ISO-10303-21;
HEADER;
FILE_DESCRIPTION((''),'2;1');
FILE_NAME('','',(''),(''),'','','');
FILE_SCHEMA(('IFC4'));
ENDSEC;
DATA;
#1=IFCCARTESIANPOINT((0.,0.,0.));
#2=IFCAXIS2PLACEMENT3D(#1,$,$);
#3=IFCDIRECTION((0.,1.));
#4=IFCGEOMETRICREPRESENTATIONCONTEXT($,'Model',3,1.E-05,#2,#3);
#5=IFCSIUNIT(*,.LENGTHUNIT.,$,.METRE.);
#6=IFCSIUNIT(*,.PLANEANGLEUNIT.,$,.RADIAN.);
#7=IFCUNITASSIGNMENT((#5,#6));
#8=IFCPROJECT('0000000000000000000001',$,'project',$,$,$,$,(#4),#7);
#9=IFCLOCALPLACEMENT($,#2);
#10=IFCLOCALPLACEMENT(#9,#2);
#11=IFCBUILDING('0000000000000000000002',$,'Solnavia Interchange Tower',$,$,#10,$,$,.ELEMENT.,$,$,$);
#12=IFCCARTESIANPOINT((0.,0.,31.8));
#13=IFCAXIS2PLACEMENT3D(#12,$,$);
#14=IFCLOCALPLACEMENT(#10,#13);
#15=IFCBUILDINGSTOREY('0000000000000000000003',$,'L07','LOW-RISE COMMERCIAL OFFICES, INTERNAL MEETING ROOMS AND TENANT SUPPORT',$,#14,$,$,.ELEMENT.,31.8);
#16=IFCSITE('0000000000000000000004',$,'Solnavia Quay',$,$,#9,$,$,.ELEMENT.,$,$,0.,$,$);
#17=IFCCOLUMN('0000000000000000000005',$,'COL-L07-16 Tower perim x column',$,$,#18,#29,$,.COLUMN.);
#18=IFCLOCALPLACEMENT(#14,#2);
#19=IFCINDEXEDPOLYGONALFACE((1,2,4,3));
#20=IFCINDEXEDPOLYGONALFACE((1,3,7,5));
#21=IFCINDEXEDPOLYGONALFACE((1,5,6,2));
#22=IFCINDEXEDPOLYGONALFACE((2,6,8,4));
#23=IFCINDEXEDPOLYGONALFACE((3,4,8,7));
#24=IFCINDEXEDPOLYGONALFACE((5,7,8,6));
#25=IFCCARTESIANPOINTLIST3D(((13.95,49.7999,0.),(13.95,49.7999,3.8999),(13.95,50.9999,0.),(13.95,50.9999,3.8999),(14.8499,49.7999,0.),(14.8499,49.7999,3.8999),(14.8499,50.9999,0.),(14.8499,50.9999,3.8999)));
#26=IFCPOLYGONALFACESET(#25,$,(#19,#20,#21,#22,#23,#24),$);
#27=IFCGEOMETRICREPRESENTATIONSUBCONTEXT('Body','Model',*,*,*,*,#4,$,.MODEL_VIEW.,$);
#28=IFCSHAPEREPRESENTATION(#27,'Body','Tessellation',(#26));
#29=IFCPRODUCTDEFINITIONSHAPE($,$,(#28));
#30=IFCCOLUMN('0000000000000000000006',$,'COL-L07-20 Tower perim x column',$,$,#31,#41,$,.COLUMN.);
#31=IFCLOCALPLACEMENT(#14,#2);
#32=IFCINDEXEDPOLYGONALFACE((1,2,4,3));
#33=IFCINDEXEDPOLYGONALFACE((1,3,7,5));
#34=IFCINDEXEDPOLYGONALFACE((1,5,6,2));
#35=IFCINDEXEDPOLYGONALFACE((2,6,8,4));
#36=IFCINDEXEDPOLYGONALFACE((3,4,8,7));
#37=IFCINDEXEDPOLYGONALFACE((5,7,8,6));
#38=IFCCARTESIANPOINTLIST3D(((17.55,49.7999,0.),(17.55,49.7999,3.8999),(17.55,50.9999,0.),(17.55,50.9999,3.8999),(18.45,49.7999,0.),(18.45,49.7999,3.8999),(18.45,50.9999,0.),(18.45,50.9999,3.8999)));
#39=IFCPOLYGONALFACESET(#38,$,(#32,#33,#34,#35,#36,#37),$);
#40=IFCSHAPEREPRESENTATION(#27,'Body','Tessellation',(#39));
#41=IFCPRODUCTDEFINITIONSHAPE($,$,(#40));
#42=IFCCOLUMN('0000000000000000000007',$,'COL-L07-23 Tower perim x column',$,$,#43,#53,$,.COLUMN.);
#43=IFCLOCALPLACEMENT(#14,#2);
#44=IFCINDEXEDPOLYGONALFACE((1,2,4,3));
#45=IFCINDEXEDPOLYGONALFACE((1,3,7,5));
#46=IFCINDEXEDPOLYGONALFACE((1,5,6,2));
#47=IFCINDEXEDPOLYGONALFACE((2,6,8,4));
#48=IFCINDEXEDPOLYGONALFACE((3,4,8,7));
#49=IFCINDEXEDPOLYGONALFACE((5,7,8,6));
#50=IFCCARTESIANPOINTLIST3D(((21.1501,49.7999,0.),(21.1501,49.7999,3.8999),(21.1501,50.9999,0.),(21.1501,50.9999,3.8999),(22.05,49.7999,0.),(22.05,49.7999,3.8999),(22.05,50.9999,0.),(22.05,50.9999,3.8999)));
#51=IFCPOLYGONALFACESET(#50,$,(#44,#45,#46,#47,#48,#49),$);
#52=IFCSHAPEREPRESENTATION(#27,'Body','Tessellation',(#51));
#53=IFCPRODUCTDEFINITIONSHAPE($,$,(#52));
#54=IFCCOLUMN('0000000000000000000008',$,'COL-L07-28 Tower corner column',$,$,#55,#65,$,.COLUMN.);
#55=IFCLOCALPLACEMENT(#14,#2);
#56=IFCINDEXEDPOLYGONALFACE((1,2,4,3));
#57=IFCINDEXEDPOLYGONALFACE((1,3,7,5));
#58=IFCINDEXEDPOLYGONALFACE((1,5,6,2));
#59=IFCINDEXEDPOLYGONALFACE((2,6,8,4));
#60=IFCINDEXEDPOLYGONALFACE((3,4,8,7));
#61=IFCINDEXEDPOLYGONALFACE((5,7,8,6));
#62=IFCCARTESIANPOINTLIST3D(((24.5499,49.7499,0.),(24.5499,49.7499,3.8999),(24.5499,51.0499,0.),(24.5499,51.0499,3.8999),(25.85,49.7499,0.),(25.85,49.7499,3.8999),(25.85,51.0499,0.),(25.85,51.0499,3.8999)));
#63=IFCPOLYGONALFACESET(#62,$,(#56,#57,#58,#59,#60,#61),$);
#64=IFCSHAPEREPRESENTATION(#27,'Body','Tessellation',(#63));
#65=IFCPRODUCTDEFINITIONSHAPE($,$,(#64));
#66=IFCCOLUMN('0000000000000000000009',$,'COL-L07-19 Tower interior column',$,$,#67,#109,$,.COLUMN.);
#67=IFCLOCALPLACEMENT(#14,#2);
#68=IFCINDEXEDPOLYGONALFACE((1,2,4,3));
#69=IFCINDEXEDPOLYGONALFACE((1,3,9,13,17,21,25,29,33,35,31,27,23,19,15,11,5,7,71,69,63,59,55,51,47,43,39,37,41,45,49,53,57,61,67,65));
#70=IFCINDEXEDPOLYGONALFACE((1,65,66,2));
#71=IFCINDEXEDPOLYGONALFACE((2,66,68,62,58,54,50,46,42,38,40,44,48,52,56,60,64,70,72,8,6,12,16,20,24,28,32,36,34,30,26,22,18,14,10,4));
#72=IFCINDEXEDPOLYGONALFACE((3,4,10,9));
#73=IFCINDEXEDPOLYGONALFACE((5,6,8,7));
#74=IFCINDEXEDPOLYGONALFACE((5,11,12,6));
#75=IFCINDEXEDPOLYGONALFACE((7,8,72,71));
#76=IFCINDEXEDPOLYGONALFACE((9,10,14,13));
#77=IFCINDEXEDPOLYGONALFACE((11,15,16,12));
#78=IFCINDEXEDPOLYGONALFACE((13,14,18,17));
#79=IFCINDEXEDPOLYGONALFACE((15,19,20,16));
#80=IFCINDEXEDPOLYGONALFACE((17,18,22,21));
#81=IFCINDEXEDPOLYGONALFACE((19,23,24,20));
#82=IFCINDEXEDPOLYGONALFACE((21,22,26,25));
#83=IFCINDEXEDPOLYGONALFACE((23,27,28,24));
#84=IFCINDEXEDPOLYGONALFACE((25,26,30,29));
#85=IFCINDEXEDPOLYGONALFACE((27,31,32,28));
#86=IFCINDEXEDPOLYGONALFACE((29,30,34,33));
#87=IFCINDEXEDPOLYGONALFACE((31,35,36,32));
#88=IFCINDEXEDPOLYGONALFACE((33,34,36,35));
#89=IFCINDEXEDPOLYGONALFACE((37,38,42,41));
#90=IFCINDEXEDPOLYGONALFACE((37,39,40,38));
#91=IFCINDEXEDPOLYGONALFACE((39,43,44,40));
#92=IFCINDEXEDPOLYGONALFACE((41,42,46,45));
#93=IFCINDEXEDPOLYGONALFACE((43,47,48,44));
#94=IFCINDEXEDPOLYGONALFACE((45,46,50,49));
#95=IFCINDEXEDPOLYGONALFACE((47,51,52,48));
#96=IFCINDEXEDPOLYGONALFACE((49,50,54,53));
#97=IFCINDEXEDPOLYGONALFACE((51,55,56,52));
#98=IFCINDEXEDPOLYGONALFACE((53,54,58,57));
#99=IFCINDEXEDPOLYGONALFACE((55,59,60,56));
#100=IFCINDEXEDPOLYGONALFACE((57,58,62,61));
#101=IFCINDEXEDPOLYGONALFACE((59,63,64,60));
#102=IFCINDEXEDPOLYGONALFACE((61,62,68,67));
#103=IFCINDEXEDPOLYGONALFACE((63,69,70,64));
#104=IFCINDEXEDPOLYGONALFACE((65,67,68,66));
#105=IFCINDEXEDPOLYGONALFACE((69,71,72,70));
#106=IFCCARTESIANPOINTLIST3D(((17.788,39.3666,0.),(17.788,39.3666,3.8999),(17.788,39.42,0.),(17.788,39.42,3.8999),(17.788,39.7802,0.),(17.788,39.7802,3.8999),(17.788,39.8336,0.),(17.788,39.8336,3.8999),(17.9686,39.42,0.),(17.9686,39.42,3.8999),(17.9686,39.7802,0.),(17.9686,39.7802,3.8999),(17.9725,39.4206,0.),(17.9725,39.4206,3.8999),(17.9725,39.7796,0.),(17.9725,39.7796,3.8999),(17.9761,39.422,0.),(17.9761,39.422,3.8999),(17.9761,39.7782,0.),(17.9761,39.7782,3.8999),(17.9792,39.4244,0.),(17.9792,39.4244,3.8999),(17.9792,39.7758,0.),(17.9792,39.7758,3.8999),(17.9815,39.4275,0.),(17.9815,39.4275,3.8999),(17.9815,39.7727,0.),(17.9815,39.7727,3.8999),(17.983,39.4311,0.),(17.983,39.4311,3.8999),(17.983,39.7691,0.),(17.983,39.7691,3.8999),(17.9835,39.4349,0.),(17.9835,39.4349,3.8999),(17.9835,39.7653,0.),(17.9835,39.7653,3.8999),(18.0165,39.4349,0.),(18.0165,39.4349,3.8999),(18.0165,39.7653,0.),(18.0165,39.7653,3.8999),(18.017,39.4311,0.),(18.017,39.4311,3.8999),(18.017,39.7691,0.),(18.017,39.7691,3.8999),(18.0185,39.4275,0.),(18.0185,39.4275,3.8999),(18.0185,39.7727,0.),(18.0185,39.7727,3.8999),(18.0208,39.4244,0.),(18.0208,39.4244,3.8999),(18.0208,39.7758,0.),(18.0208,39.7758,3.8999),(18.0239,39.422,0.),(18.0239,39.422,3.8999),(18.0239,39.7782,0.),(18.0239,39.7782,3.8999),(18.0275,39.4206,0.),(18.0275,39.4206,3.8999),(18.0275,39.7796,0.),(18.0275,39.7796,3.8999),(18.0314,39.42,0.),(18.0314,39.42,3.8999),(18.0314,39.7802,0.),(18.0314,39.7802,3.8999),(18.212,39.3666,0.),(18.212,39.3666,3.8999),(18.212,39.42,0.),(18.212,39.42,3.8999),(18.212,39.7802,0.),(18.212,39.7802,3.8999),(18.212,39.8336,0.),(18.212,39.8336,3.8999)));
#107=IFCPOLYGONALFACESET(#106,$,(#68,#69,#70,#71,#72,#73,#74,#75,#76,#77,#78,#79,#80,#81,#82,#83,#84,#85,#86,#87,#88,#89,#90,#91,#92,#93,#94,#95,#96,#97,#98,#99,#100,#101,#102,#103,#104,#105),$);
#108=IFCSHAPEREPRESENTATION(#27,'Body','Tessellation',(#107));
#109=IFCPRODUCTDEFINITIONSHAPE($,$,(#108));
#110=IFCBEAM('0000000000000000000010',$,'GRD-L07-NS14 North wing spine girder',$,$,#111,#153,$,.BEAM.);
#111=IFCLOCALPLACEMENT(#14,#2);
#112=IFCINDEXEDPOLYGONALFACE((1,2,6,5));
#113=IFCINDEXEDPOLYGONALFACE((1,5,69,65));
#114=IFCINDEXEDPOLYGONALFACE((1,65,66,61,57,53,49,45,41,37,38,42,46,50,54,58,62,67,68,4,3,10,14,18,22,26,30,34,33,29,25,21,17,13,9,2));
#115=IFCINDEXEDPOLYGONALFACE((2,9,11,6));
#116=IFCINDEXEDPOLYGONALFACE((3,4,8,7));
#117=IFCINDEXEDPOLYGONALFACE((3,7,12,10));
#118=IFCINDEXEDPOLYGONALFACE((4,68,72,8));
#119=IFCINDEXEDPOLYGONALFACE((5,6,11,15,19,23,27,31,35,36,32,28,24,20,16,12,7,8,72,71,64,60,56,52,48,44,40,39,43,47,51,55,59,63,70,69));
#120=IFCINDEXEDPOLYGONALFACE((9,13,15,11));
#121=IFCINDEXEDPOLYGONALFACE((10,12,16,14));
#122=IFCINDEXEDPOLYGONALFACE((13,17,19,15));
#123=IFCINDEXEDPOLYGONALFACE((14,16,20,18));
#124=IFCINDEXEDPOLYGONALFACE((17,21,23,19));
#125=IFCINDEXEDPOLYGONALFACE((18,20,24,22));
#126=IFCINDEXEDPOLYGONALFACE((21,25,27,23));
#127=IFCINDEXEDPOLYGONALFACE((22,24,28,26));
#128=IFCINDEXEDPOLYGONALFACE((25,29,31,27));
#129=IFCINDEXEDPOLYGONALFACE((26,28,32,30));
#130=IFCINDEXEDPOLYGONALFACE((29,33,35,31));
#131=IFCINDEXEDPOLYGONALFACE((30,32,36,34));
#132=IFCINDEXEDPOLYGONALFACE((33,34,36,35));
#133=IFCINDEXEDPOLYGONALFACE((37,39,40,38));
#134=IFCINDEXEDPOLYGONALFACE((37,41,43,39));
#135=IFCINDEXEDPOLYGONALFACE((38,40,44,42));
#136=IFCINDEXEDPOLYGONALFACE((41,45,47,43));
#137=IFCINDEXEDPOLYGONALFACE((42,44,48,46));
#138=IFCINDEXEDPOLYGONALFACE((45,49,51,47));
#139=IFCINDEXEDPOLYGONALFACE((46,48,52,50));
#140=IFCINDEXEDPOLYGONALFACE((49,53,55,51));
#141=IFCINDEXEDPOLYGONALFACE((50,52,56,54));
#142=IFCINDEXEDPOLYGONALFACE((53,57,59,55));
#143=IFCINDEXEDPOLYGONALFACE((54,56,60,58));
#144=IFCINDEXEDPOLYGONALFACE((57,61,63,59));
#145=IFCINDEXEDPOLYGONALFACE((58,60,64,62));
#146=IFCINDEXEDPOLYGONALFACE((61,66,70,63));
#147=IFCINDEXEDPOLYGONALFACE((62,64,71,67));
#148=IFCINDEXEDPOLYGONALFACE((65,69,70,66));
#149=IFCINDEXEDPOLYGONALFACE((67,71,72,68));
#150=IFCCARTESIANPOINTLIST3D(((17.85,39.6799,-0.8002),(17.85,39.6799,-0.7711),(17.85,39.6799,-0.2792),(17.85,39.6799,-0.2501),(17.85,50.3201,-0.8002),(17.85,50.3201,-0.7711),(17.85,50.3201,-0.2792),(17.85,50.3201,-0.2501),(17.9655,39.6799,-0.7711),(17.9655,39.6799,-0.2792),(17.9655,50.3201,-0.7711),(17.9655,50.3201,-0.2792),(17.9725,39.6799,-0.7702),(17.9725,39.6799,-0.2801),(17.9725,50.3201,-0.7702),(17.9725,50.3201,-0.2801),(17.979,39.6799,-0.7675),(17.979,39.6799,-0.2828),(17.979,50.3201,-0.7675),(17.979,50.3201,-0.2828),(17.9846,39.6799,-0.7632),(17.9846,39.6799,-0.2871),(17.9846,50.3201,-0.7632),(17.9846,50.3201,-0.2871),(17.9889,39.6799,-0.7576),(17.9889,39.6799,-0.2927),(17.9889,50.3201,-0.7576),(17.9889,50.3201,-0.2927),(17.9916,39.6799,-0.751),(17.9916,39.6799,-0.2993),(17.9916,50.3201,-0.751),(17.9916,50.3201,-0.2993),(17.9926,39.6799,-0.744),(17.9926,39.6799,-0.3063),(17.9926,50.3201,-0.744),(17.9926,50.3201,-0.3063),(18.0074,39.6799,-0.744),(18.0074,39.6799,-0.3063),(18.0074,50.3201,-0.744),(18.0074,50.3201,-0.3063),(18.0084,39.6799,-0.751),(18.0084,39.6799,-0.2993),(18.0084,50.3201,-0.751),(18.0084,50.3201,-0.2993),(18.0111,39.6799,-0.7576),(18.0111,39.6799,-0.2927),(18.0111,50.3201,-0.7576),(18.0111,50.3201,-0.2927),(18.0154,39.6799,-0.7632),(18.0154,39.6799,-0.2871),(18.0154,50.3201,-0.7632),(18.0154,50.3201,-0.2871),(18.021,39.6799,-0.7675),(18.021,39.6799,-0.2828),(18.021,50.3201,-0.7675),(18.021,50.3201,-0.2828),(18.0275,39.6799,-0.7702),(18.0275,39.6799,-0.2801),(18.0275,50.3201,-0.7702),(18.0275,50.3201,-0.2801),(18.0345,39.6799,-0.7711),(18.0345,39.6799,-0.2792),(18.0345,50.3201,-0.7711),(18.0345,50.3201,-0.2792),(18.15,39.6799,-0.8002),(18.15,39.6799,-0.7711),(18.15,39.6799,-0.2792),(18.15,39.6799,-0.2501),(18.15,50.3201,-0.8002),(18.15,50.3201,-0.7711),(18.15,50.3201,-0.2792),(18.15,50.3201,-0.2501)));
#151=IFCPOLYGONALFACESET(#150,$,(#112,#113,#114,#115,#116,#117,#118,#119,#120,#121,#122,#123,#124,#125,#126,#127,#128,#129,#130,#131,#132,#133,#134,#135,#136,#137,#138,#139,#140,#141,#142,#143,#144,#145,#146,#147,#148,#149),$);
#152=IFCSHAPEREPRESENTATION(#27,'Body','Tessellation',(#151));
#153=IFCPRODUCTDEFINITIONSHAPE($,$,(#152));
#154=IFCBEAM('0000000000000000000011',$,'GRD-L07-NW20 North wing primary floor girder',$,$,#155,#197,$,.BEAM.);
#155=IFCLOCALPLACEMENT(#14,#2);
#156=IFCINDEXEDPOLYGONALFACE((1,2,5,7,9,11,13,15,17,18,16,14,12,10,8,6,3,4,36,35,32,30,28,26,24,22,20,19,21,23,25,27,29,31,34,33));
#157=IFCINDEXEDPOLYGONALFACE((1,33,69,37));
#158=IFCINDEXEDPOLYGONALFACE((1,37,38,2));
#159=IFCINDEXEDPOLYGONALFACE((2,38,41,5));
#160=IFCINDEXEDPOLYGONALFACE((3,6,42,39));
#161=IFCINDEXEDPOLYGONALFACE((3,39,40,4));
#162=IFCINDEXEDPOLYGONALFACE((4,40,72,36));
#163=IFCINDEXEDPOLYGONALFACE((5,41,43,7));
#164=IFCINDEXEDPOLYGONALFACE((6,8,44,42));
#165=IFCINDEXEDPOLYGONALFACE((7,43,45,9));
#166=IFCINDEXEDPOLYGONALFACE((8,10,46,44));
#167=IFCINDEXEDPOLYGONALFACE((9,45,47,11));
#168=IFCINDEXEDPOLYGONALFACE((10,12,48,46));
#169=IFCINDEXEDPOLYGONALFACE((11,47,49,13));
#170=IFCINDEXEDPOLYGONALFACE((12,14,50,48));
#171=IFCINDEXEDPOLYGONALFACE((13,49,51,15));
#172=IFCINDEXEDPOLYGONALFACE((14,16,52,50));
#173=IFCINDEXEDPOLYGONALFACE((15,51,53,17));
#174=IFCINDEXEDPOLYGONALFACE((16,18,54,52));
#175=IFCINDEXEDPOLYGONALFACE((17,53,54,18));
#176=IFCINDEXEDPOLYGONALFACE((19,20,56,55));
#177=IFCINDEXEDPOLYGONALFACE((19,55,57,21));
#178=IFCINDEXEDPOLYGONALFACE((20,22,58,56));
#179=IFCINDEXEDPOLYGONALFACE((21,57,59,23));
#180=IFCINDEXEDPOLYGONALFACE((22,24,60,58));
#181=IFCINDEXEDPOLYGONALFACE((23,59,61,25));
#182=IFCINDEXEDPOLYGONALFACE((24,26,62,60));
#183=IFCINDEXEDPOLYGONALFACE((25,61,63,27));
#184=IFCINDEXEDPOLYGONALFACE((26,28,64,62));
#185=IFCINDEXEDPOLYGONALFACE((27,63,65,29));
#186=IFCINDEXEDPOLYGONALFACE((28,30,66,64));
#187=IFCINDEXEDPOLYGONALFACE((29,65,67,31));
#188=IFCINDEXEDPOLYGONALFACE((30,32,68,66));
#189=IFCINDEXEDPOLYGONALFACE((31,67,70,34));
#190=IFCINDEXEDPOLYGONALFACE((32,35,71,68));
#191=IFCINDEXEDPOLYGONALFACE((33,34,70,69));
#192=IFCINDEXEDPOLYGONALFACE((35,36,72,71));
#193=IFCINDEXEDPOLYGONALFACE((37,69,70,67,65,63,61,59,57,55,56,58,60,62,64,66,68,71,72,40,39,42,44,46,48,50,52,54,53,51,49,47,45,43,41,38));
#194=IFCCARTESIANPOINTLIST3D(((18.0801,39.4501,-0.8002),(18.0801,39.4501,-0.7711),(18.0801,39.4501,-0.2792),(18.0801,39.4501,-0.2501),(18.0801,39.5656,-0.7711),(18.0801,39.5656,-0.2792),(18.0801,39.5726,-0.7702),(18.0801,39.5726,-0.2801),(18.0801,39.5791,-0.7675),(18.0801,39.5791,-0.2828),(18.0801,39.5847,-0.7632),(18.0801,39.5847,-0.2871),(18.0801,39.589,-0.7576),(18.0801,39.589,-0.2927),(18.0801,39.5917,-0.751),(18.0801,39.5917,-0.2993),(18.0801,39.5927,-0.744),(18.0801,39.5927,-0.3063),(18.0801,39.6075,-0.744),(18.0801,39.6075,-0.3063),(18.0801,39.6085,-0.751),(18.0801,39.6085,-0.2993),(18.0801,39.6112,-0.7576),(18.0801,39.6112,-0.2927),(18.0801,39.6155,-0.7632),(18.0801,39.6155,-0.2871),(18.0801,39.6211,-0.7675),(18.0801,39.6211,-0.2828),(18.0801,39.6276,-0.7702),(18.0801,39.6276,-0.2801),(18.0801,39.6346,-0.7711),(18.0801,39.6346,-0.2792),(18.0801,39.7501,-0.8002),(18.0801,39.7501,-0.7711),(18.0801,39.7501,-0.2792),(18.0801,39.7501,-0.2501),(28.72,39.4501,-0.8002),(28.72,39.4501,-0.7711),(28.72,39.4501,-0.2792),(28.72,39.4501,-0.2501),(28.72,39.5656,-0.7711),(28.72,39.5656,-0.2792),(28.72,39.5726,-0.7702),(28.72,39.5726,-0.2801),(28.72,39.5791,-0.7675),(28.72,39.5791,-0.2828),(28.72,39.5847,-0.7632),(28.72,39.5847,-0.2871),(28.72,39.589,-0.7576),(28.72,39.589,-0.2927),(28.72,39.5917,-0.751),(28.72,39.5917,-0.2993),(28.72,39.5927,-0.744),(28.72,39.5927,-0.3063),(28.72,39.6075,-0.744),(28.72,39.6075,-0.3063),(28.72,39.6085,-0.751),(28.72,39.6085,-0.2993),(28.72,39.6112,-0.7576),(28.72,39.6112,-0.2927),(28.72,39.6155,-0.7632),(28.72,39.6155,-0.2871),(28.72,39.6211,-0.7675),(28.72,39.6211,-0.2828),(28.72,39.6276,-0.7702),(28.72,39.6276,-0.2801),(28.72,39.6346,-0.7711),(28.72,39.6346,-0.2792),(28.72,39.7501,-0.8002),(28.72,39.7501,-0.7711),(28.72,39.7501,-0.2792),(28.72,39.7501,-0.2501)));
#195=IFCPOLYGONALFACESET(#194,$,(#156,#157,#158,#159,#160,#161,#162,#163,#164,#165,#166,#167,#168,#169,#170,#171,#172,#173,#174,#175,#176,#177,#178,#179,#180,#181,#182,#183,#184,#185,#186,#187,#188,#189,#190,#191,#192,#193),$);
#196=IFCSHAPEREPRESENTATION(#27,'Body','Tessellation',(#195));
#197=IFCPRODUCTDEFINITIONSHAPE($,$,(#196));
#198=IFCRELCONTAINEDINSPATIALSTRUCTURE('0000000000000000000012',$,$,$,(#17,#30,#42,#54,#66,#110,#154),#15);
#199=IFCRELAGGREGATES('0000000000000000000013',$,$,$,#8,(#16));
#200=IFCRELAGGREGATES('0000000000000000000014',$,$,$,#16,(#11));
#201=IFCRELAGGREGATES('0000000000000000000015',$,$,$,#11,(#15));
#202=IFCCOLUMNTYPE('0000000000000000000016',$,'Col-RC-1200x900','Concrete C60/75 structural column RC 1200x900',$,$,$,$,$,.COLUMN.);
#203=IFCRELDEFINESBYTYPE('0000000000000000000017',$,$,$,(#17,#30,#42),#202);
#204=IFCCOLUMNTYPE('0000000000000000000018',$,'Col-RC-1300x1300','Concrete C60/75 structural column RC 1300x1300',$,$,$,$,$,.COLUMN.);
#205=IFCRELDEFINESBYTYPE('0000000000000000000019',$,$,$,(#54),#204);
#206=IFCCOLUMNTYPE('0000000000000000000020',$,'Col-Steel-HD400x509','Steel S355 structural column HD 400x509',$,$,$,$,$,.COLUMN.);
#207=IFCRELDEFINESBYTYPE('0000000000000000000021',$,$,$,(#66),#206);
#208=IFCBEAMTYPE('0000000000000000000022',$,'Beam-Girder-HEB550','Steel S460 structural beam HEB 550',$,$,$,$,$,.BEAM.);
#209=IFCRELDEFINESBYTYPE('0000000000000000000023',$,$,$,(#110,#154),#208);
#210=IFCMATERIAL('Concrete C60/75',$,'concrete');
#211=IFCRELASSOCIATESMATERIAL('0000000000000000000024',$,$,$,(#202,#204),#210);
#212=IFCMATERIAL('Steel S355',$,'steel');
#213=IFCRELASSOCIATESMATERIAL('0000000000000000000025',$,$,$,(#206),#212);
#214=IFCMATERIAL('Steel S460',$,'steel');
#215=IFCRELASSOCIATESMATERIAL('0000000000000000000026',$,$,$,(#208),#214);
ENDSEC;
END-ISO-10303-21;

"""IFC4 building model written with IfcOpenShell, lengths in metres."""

from ifc_helpers import new_model, si_unit, direction, frame, origin, origin_2d, place, context, subcontext, project, spatial, rectangle, i_section, extrude, material, material_profile, profile_set, type_object, element, save


model = new_model("IFC4")

# Units and contexts
model_context = context("Model", 3, precision=1e-05, world=origin(), true_north=direction((0.0, 1.0)))
body_context = subcontext(model_context, "Body", "Model", "MODEL_VIEW")
ifc_project = project(units=[si_unit("LENGTHUNIT", "METRE"), si_unit("PLANEANGLEUNIT", "RADIAN")], contexts=[model_context])

# Site, building, storey
site_placement = place(None, origin())
site = spatial("IfcSite", under=ifc_project, at=site_placement, Name="Solnavia Quay", CompositionType="ELEMENT", RefElevation=0.0)
building_placement = place(site_placement, origin())
building = spatial("IfcBuilding", under=site, at=building_placement, Name="Solnavia Interchange Tower", CompositionType="ELEMENT")
storey_placement = place(building_placement, frame((0.0, 0.0, 31.8)))
storey = spatial("IfcBuildingStorey", under=building, at=storey_placement, Name="L07", Description="LOW-RISE COMMERCIAL OFFICES, INTERNAL MEETING ROOMS AND TENANT SUPPORT", CompositionType="ELEMENT", Elevation=31.8)

# Columns
ifc_material_1 = material(Name="Concrete C60/75", Category="concrete")
ifc_material_profile_1 = material_profile(ifc_material_1, rectangle(XDim=0.8999, YDim=1.2, at=origin_2d()), Name="RC 1200x900")
ifc_profile_set_1 = profile_set([ifc_material_profile_1], Name="Concrete C60/75")
column_type_1 = type_object("IfcColumnType", Name="Col-RC-1200x900", Description="Concrete C60/75 structural column RC 1200x900", PredefinedType="COLUMN", material=ifc_profile_set_1)
for number, where, z_axis, x_axis, name in (
    (1, (14.3999, 50.3999, 0.0), (0.0, 0.0, 1.0), (1.0, 0.0, 0.0), "COL-L07-16 Tower perim x column"),
    (2, (18.0, 50.3999, 0.0), (0.0, 0.0, 1.0), (1.0, 0.0, 0.0), "COL-L07-20 Tower perim x column"),
    (3, (21.6001, 50.3999, 0.0), (0.0, 0.0, 1.0), (1.0, 0.0, 0.0), "COL-L07-23 Tower perim x column"),
):
    element("IfcColumn", number, at=place(storey_placement, frame(where, z_axis=z_axis, x_axis=x_axis)), inside=storey, type_object=column_type_1, Name=name, PredefinedType="COLUMN", context=body_context, shape_type="SweptSolid", body=[
        extrude(rectangle(XDim=0.8999, YDim=1.2, at=origin_2d()), origin(), (0.0, 0.0, 1.0), 3.8999),
    ])
ifc_material_profile_2 = material_profile(ifc_material_1, rectangle(XDim=1.3, YDim=1.3, at=origin_2d()), Name="RC 1300x1300")
ifc_profile_set_2 = profile_set([ifc_material_profile_2], Name="Concrete C60/75")
column_type_2 = type_object("IfcColumnType", Name="Col-RC-1300x1300", Description="Concrete C60/75 structural column RC 1300x1300", PredefinedType="COLUMN", material=ifc_profile_set_2)
column_1_placement = place(storey_placement, frame((25.2, 50.3999, 0.0), z_axis=(0.0, 0.0, 1.0), x_axis=(1.0, 0.0, 0.0)))
element("IfcColumn", 4, at=column_1_placement, inside=storey, type_object=column_type_2, Name="COL-L07-28 Tower corner column", PredefinedType="COLUMN", context=body_context, shape_type="SweptSolid", body=[
    extrude(rectangle(XDim=1.3, YDim=1.3, at=origin_2d()), origin(), (0.0, 0.0, 1.0), 3.8999),
])
ifc_material_2 = material(Name="Steel S355", Category="steel")
ifc_material_profile_3 = material_profile(ifc_material_2, i_section(OverallWidth=0.4241, OverallDepth=0.467, WebThickness=0.033, FlangeThickness=0.0535, FilletRadius=0.0149, at=origin_2d()), Name="HD 400x509")
ifc_profile_set_3 = profile_set([ifc_material_profile_3], Name="Steel S355")
column_type_3 = type_object("IfcColumnType", Name="Col-Steel-HD400x509", Description="Steel S355 structural column HD 400x509", PredefinedType="COLUMN", material=ifc_profile_set_3)
column_2_placement = place(storey_placement, frame((18.0, 39.6001, 0.0), z_axis=(0.0, 0.0, 1.0), x_axis=(1.0, 0.0, 0.0)))
element("IfcColumn", 5, at=column_2_placement, inside=storey, type_object=column_type_3, Name="COL-L07-19 Tower interior column", PredefinedType="COLUMN", context=body_context, shape_type="SweptSolid", body=[
    extrude(i_section(OverallWidth=0.4241, OverallDepth=0.467, WebThickness=0.033, FlangeThickness=0.0535, FilletRadius=0.0149, at=origin_2d()), origin(), (0.0, 0.0, 1.0), 3.8999),
])

# Beams
ifc_material_3 = material(Name="Steel S460", Category="steel")
ifc_material_profile_4 = material_profile(ifc_material_3, i_section(OverallWidth=0.3, OverallDepth=0.55, WebThickness=0.0149, FlangeThickness=0.0291, FilletRadius=0.0271, at=origin_2d()), Name="HEB 550")
ifc_profile_set_4 = profile_set([ifc_material_profile_4], Name="Steel S460")
beam_type_1 = type_object("IfcBeamType", Name="Beam-Girder-HEB550", Description="Steel S460 structural beam HEB 550", PredefinedType="BEAM", material=ifc_profile_set_4)
beam_1_placement = place(storey_placement, frame((18.0, 39.6799, -0.5251), z_axis=(0.0, 1.0, 0.0), x_axis=(-1.0, 0.0, 0.0)))
element("IfcBeam", 6, at=beam_1_placement, inside=storey, type_object=beam_type_1, Name="GRD-L07-NS14 North wing spine girder", PredefinedType="BEAM", context=body_context, shape_type="SweptSolid", body=[
    extrude(i_section(OverallWidth=0.3, OverallDepth=0.55, WebThickness=0.0149, FlangeThickness=0.0291, FilletRadius=0.0271, at=origin_2d()), origin(), (0.0, 0.0, 1.0), 10.6401),
])
beam_2_placement = place(storey_placement, frame((18.0801, 39.6001, -0.5251), z_axis=(1.0, 0.0, 0.0), x_axis=(0.0, 1.0, 0.0)))
element("IfcBeam", 7, at=beam_2_placement, inside=storey, type_object=beam_type_1, Name="GRD-L07-NW20 North wing primary floor girder", PredefinedType="BEAM", context=body_context, shape_type="SweptSolid", body=[
    extrude(i_section(OverallWidth=0.3, OverallDepth=0.55, WebThickness=0.0149, FlangeThickness=0.0291, FilletRadius=0.0271, at=origin_2d()), origin(), (0.0, 0.0, 1.0), 10.6399),
])

save(model, "model.ifc")
